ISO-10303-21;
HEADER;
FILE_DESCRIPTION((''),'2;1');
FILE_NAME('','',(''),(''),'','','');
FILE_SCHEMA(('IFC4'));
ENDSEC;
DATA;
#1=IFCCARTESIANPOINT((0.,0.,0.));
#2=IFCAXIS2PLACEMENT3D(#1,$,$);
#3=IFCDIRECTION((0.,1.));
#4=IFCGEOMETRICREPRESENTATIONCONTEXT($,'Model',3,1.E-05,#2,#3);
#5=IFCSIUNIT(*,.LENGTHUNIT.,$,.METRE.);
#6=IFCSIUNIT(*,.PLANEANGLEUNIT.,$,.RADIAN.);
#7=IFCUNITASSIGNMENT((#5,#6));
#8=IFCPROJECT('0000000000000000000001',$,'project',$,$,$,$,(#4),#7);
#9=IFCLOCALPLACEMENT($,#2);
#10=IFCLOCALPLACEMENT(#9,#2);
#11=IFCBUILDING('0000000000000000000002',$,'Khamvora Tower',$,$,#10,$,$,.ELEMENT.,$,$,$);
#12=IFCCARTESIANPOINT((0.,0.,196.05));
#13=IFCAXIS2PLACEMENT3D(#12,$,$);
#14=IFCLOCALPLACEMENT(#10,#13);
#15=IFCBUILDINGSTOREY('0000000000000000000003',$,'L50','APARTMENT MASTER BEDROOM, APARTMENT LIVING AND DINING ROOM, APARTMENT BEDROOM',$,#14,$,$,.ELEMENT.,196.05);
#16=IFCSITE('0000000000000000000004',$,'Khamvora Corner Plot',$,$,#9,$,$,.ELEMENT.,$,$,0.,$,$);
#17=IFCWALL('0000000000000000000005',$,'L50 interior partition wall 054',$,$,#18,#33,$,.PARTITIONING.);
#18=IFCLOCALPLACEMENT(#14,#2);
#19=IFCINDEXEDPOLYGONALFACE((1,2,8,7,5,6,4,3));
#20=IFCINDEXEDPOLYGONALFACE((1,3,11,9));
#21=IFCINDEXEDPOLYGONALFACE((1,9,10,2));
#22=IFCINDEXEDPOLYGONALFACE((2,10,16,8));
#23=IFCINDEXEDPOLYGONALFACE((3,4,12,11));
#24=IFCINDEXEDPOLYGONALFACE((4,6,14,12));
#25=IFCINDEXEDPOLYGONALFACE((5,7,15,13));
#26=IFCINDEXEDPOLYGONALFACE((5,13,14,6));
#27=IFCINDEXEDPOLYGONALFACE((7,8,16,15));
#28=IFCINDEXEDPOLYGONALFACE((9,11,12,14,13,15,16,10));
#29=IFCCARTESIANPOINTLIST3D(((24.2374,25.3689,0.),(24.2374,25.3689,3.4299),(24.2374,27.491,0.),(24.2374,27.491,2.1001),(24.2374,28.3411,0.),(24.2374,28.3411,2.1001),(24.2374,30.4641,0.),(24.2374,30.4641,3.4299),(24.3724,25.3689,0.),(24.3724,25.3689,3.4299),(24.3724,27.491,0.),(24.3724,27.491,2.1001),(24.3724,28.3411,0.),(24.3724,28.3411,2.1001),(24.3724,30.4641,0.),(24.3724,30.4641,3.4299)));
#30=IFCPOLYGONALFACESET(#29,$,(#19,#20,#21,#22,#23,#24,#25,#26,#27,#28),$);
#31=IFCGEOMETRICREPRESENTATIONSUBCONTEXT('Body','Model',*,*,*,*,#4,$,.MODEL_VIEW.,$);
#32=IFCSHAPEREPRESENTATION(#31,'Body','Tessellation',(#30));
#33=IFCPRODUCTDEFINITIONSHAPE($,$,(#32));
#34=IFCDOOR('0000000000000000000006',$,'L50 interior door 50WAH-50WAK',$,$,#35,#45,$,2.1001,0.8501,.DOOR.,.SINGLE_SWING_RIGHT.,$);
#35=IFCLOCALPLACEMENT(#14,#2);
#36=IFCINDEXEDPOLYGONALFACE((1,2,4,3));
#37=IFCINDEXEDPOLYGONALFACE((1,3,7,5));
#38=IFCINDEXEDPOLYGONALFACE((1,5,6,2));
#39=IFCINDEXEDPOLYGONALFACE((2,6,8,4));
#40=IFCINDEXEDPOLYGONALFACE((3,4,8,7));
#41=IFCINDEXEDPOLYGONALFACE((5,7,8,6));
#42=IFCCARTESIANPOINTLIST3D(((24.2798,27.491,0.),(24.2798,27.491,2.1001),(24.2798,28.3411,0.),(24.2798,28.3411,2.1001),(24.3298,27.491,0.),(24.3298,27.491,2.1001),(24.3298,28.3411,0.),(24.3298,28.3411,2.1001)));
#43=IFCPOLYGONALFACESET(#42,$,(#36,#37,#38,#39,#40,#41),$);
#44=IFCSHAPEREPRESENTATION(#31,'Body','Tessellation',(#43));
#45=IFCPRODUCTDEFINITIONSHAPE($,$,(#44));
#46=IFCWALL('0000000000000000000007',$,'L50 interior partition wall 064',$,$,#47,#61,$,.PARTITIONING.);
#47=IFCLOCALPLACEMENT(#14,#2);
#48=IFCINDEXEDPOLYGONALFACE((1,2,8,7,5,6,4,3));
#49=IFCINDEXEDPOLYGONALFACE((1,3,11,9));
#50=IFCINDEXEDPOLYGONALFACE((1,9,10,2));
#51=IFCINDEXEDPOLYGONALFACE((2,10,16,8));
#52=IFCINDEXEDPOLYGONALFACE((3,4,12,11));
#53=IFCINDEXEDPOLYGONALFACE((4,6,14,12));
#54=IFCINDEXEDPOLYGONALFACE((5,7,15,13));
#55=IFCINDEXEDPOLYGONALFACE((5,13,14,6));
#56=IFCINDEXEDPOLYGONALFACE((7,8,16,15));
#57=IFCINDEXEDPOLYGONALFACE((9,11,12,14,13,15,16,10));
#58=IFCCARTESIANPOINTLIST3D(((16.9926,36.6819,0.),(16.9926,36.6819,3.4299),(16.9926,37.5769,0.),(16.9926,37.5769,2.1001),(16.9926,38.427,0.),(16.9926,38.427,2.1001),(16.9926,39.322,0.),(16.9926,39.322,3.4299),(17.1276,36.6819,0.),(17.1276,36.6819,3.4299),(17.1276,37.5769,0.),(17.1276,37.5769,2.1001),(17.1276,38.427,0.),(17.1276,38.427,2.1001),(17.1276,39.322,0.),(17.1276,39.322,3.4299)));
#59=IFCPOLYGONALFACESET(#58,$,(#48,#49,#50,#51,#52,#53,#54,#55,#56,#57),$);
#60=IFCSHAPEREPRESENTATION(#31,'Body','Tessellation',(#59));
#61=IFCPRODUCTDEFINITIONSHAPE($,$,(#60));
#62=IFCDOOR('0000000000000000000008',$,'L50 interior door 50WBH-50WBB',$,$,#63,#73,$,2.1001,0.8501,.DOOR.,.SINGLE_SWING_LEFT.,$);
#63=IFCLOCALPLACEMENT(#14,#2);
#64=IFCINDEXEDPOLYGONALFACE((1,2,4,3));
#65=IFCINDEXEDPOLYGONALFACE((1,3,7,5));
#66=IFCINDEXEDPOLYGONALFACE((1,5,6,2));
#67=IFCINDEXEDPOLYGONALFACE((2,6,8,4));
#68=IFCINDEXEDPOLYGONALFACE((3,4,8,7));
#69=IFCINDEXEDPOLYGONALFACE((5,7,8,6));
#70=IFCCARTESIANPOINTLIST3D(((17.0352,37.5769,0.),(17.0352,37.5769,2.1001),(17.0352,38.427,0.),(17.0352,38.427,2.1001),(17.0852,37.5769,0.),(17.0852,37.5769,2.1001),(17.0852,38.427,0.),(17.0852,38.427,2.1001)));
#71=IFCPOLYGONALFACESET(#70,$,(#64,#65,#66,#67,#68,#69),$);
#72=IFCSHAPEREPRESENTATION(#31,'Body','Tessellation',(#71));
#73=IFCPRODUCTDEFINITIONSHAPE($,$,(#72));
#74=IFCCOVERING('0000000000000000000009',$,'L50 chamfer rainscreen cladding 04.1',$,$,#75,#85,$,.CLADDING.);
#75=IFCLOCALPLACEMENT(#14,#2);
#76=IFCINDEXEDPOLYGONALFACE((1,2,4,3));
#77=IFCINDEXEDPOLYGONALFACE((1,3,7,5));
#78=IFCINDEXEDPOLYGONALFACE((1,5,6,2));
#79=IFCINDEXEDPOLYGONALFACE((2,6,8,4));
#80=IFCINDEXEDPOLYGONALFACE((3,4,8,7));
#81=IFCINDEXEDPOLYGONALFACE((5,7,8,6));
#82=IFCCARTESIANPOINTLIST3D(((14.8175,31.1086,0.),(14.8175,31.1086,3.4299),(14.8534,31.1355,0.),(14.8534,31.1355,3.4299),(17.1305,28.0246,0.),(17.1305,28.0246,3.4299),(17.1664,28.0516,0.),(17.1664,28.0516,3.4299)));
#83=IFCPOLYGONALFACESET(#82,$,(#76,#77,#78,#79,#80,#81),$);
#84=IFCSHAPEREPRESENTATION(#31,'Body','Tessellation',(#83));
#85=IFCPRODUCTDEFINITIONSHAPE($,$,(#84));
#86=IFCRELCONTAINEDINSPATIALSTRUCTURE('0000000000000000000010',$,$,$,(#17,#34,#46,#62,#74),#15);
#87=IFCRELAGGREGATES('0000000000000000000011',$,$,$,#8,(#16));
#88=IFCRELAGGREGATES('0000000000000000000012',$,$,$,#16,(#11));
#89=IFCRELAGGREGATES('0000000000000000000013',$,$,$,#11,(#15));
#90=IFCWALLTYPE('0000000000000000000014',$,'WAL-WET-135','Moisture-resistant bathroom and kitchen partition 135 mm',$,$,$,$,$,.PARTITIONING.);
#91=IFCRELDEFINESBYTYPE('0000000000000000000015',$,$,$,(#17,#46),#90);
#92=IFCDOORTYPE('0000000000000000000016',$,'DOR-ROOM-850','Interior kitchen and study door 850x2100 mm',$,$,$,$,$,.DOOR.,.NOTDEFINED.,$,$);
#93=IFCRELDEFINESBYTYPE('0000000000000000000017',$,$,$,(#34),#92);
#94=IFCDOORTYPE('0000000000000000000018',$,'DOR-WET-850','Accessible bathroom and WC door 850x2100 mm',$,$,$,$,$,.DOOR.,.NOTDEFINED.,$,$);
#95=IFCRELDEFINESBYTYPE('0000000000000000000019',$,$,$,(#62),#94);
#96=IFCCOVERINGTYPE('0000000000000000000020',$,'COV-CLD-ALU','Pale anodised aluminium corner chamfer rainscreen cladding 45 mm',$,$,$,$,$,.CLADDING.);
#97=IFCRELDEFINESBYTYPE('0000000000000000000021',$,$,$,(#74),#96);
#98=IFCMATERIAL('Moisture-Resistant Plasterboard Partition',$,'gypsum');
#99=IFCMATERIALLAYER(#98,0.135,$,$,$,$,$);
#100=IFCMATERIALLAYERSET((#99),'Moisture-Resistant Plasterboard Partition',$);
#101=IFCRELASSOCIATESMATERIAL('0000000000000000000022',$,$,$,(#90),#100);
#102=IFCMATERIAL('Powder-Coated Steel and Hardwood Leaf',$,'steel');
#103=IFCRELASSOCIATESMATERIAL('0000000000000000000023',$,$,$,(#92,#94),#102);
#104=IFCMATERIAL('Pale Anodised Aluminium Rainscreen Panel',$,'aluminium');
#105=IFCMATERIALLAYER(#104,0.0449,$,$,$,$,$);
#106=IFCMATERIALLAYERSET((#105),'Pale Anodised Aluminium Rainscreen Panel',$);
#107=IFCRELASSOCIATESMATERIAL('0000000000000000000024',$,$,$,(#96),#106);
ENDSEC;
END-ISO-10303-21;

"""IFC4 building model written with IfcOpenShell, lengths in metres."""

from ifc_helpers import new_model, si_unit, direction, frame, frame_2d, origin, origin_2d, place, context, subcontext, project, spatial, rectangle, extrude, material, layer, layer_set, type_object, element, fill, save


model = new_model("IFC4")

# Units and contexts
model_context = context("Model", 3, precision=1e-05, world=origin(), true_north=direction((0.0, 1.0)))
body_context = subcontext(model_context, "Body", "Model", "MODEL_VIEW")
ifc_project = project(units=[si_unit("LENGTHUNIT", "METRE"), si_unit("PLANEANGLEUNIT", "RADIAN")], contexts=[model_context])

# Site, building, storey
site_placement = place(None, origin())
site = spatial("IfcSite", under=ifc_project, at=site_placement, Name="Khamvora Corner Plot", CompositionType="ELEMENT", RefElevation=0.0)
building_placement = place(site_placement, origin())
building = spatial("IfcBuilding", under=site, at=building_placement, Name="Khamvora Tower", CompositionType="ELEMENT")
storey_placement = place(building_placement, frame((0.0, 0.0, 196.05)))
storey = spatial("IfcBuildingStorey", under=building, at=storey_placement, Name="L50", Description="APARTMENT MASTER BEDROOM, APARTMENT LIVING AND DINING ROOM, APARTMENT BEDROOM", CompositionType="ELEMENT", Elevation=196.05)

# Shared definitions
ifc_material_1 = material(Name="Powder-Coated Steel and Hardwood Leaf", Category="steel")

# Shared definitions
ifc_material_2 = material(Name="Moisture-Resistant Plasterboard Partition", Category="gypsum")
ifc_layer_1 = layer(ifc_material_2, 0.135)
ifc_layer_set_1 = layer_set([ifc_layer_1], Name="Moisture-Resistant Plasterboard Partition")
wall_type_1 = type_object("IfcWallType", Name="WAL-WET-135", Description="Moisture-resistant bathroom and kitchen partition 135 mm", PredefinedType="PARTITIONING", material=ifc_layer_set_1)

# Walls, openings, doors
wall_1_placement = place(storey_placement, frame((24.3049, 30.4641, 0.0), z_axis=(0.0, 0.0, 1.0), x_axis=(0.0, -1.0, 0.0)))
wall_1 = element("IfcWall", 1, at=wall_1_placement, inside=storey, type_object=wall_type_1, Name="L50 interior partition wall 054", PredefinedType="PARTITIONING", context=body_context, shape_type="SweptSolid", body=[
    extrude(rectangle(XDim=5.0952, YDim=0.135, at=frame_2d((2.5476, 0.0))), origin(), (0.0, 0.0, 1.0), 3.4299),
])
opening_1_placement = place(wall_1_placement, frame((2.123, 0.0, 0.0)))
opening_1 = element("IfcOpeningElement", 2, at=opening_1_placement, cuts=wall_1, PredefinedType="OPENING", context=body_context, shape_type="SweptSolid", body=[
    extrude(rectangle(XDim=0.8501, YDim=2.1001, at=frame_2d((0.425, 1.05))), frame((0.0, 0.0774, 0.0), z_axis=(0.0, -1.0, 0.0), x_axis=(1.0, 0.0, 0.0)), (0.0, 0.0, 1.0), 0.155),
])
door_type_1 = type_object("IfcDoorType", Name="DOR-ROOM-850", Description="Interior kitchen and study door 850x2100 mm", OperationType="NOTDEFINED", PredefinedType="DOOR", material=ifc_material_1)
door_1_placement = place(opening_1_placement, origin())
door_1 = element("IfcDoor", 3, at=door_1_placement, inside=storey, type_object=door_type_1, Name="L50 interior door 50WAH-50WAK", OperationType="SINGLE_SWING_RIGHT", OverallHeight=2.1001, OverallWidth=0.8501, PredefinedType="DOOR", context=body_context, shape_type="SweptSolid", body=[
    extrude(rectangle(XDim=0.8501, YDim=2.1001, at=frame_2d((0.425, 1.05))), frame((0.0, 0.0249, 0.0), z_axis=(0.0, -1.0, 0.0), x_axis=(1.0, 0.0, 0.0)), (0.0, 0.0, 1.0), 0.05),
])
fill(opening_1, door_1)
wall_2_placement = place(storey_placement, frame((17.0601, 36.6819, 0.0), z_axis=(0.0, 0.0, 1.0), x_axis=(0.0, 1.0, 0.0)))
wall_2 = element("IfcWall", 4, at=wall_2_placement, inside=storey, type_object=wall_type_1, Name="L50 interior partition wall 064", PredefinedType="PARTITIONING", context=body_context, shape_type="SweptSolid", body=[
    extrude(rectangle(XDim=2.6401, YDim=0.135, at=frame_2d((1.3201, 0.0))), origin(), (0.0, 0.0, 1.0), 3.4299),
])
opening_2_placement = place(wall_2_placement, frame((0.895, 0.0, 0.0)))
opening_2 = element("IfcOpeningElement", 5, at=opening_2_placement, cuts=wall_2, PredefinedType="OPENING", context=body_context, shape_type="SweptSolid", body=[
    extrude(rectangle(XDim=0.8501, YDim=2.1001, at=frame_2d((0.425, 1.05))), frame((0.0, 0.0774, 0.0), z_axis=(0.0, -1.0, 0.0), x_axis=(1.0, 0.0, 0.0)), (0.0, 0.0, 1.0), 0.155),
])
door_type_2 = type_object("IfcDoorType", Name="DOR-WET-850", Description="Accessible bathroom and WC door 850x2100 mm", OperationType="NOTDEFINED", PredefinedType="DOOR", material=ifc_material_1)
door_2_placement = place(opening_2_placement, origin())
door_2 = element("IfcDoor", 6, at=door_2_placement, inside=storey, type_object=door_type_2, Name="L50 interior door 50WBH-50WBB", OperationType="SINGLE_SWING_LEFT", OverallHeight=2.1001, OverallWidth=0.8501, PredefinedType="DOOR", context=body_context, shape_type="SweptSolid", body=[
    extrude(rectangle(XDim=0.8501, YDim=2.1001, at=frame_2d((0.425, 1.05))), frame((0.0, 0.0249, 0.0), z_axis=(0.0, -1.0, 0.0), x_axis=(1.0, 0.0, 0.0)), (0.0, 0.0, 1.0), 0.05),
])
fill(opening_2, door_2)

# Covering
ifc_material_3 = material(Name="Pale Anodised Aluminium Rainscreen Panel", Category="aluminium")
ifc_layer_2 = layer(ifc_material_3, 0.0449)
ifc_layer_set_2 = layer_set([ifc_layer_2], Name="Pale Anodised Aluminium Rainscreen Panel")
covering_type = type_object("IfcCoveringType", Name="COV-CLD-ALU", Description="Pale anodised aluminium corner chamfer rainscreen cladding 45 mm", PredefinedType="CLADDING", material=ifc_layer_set_2)
covering_placement = place(storey_placement, frame((15.9919, 29.5801, 0.0), z_axis=(0.0, 0.0, 1.0), x_axis=(-0.6, 0.8, 0.0)))
element("IfcCovering", 7, at=covering_placement, inside=storey, type_object=covering_type, Name="L50 chamfer rainscreen cladding 04.1", PredefinedType="CLADDING", context=body_context, shape_type="SweptSolid", body=[
    extrude(rectangle(XDim=3.855, YDim=0.0449, at=origin_2d()), origin(), (0.0, 0.0, 1.0), 3.4299),
])

save(model, "model.ifc")
